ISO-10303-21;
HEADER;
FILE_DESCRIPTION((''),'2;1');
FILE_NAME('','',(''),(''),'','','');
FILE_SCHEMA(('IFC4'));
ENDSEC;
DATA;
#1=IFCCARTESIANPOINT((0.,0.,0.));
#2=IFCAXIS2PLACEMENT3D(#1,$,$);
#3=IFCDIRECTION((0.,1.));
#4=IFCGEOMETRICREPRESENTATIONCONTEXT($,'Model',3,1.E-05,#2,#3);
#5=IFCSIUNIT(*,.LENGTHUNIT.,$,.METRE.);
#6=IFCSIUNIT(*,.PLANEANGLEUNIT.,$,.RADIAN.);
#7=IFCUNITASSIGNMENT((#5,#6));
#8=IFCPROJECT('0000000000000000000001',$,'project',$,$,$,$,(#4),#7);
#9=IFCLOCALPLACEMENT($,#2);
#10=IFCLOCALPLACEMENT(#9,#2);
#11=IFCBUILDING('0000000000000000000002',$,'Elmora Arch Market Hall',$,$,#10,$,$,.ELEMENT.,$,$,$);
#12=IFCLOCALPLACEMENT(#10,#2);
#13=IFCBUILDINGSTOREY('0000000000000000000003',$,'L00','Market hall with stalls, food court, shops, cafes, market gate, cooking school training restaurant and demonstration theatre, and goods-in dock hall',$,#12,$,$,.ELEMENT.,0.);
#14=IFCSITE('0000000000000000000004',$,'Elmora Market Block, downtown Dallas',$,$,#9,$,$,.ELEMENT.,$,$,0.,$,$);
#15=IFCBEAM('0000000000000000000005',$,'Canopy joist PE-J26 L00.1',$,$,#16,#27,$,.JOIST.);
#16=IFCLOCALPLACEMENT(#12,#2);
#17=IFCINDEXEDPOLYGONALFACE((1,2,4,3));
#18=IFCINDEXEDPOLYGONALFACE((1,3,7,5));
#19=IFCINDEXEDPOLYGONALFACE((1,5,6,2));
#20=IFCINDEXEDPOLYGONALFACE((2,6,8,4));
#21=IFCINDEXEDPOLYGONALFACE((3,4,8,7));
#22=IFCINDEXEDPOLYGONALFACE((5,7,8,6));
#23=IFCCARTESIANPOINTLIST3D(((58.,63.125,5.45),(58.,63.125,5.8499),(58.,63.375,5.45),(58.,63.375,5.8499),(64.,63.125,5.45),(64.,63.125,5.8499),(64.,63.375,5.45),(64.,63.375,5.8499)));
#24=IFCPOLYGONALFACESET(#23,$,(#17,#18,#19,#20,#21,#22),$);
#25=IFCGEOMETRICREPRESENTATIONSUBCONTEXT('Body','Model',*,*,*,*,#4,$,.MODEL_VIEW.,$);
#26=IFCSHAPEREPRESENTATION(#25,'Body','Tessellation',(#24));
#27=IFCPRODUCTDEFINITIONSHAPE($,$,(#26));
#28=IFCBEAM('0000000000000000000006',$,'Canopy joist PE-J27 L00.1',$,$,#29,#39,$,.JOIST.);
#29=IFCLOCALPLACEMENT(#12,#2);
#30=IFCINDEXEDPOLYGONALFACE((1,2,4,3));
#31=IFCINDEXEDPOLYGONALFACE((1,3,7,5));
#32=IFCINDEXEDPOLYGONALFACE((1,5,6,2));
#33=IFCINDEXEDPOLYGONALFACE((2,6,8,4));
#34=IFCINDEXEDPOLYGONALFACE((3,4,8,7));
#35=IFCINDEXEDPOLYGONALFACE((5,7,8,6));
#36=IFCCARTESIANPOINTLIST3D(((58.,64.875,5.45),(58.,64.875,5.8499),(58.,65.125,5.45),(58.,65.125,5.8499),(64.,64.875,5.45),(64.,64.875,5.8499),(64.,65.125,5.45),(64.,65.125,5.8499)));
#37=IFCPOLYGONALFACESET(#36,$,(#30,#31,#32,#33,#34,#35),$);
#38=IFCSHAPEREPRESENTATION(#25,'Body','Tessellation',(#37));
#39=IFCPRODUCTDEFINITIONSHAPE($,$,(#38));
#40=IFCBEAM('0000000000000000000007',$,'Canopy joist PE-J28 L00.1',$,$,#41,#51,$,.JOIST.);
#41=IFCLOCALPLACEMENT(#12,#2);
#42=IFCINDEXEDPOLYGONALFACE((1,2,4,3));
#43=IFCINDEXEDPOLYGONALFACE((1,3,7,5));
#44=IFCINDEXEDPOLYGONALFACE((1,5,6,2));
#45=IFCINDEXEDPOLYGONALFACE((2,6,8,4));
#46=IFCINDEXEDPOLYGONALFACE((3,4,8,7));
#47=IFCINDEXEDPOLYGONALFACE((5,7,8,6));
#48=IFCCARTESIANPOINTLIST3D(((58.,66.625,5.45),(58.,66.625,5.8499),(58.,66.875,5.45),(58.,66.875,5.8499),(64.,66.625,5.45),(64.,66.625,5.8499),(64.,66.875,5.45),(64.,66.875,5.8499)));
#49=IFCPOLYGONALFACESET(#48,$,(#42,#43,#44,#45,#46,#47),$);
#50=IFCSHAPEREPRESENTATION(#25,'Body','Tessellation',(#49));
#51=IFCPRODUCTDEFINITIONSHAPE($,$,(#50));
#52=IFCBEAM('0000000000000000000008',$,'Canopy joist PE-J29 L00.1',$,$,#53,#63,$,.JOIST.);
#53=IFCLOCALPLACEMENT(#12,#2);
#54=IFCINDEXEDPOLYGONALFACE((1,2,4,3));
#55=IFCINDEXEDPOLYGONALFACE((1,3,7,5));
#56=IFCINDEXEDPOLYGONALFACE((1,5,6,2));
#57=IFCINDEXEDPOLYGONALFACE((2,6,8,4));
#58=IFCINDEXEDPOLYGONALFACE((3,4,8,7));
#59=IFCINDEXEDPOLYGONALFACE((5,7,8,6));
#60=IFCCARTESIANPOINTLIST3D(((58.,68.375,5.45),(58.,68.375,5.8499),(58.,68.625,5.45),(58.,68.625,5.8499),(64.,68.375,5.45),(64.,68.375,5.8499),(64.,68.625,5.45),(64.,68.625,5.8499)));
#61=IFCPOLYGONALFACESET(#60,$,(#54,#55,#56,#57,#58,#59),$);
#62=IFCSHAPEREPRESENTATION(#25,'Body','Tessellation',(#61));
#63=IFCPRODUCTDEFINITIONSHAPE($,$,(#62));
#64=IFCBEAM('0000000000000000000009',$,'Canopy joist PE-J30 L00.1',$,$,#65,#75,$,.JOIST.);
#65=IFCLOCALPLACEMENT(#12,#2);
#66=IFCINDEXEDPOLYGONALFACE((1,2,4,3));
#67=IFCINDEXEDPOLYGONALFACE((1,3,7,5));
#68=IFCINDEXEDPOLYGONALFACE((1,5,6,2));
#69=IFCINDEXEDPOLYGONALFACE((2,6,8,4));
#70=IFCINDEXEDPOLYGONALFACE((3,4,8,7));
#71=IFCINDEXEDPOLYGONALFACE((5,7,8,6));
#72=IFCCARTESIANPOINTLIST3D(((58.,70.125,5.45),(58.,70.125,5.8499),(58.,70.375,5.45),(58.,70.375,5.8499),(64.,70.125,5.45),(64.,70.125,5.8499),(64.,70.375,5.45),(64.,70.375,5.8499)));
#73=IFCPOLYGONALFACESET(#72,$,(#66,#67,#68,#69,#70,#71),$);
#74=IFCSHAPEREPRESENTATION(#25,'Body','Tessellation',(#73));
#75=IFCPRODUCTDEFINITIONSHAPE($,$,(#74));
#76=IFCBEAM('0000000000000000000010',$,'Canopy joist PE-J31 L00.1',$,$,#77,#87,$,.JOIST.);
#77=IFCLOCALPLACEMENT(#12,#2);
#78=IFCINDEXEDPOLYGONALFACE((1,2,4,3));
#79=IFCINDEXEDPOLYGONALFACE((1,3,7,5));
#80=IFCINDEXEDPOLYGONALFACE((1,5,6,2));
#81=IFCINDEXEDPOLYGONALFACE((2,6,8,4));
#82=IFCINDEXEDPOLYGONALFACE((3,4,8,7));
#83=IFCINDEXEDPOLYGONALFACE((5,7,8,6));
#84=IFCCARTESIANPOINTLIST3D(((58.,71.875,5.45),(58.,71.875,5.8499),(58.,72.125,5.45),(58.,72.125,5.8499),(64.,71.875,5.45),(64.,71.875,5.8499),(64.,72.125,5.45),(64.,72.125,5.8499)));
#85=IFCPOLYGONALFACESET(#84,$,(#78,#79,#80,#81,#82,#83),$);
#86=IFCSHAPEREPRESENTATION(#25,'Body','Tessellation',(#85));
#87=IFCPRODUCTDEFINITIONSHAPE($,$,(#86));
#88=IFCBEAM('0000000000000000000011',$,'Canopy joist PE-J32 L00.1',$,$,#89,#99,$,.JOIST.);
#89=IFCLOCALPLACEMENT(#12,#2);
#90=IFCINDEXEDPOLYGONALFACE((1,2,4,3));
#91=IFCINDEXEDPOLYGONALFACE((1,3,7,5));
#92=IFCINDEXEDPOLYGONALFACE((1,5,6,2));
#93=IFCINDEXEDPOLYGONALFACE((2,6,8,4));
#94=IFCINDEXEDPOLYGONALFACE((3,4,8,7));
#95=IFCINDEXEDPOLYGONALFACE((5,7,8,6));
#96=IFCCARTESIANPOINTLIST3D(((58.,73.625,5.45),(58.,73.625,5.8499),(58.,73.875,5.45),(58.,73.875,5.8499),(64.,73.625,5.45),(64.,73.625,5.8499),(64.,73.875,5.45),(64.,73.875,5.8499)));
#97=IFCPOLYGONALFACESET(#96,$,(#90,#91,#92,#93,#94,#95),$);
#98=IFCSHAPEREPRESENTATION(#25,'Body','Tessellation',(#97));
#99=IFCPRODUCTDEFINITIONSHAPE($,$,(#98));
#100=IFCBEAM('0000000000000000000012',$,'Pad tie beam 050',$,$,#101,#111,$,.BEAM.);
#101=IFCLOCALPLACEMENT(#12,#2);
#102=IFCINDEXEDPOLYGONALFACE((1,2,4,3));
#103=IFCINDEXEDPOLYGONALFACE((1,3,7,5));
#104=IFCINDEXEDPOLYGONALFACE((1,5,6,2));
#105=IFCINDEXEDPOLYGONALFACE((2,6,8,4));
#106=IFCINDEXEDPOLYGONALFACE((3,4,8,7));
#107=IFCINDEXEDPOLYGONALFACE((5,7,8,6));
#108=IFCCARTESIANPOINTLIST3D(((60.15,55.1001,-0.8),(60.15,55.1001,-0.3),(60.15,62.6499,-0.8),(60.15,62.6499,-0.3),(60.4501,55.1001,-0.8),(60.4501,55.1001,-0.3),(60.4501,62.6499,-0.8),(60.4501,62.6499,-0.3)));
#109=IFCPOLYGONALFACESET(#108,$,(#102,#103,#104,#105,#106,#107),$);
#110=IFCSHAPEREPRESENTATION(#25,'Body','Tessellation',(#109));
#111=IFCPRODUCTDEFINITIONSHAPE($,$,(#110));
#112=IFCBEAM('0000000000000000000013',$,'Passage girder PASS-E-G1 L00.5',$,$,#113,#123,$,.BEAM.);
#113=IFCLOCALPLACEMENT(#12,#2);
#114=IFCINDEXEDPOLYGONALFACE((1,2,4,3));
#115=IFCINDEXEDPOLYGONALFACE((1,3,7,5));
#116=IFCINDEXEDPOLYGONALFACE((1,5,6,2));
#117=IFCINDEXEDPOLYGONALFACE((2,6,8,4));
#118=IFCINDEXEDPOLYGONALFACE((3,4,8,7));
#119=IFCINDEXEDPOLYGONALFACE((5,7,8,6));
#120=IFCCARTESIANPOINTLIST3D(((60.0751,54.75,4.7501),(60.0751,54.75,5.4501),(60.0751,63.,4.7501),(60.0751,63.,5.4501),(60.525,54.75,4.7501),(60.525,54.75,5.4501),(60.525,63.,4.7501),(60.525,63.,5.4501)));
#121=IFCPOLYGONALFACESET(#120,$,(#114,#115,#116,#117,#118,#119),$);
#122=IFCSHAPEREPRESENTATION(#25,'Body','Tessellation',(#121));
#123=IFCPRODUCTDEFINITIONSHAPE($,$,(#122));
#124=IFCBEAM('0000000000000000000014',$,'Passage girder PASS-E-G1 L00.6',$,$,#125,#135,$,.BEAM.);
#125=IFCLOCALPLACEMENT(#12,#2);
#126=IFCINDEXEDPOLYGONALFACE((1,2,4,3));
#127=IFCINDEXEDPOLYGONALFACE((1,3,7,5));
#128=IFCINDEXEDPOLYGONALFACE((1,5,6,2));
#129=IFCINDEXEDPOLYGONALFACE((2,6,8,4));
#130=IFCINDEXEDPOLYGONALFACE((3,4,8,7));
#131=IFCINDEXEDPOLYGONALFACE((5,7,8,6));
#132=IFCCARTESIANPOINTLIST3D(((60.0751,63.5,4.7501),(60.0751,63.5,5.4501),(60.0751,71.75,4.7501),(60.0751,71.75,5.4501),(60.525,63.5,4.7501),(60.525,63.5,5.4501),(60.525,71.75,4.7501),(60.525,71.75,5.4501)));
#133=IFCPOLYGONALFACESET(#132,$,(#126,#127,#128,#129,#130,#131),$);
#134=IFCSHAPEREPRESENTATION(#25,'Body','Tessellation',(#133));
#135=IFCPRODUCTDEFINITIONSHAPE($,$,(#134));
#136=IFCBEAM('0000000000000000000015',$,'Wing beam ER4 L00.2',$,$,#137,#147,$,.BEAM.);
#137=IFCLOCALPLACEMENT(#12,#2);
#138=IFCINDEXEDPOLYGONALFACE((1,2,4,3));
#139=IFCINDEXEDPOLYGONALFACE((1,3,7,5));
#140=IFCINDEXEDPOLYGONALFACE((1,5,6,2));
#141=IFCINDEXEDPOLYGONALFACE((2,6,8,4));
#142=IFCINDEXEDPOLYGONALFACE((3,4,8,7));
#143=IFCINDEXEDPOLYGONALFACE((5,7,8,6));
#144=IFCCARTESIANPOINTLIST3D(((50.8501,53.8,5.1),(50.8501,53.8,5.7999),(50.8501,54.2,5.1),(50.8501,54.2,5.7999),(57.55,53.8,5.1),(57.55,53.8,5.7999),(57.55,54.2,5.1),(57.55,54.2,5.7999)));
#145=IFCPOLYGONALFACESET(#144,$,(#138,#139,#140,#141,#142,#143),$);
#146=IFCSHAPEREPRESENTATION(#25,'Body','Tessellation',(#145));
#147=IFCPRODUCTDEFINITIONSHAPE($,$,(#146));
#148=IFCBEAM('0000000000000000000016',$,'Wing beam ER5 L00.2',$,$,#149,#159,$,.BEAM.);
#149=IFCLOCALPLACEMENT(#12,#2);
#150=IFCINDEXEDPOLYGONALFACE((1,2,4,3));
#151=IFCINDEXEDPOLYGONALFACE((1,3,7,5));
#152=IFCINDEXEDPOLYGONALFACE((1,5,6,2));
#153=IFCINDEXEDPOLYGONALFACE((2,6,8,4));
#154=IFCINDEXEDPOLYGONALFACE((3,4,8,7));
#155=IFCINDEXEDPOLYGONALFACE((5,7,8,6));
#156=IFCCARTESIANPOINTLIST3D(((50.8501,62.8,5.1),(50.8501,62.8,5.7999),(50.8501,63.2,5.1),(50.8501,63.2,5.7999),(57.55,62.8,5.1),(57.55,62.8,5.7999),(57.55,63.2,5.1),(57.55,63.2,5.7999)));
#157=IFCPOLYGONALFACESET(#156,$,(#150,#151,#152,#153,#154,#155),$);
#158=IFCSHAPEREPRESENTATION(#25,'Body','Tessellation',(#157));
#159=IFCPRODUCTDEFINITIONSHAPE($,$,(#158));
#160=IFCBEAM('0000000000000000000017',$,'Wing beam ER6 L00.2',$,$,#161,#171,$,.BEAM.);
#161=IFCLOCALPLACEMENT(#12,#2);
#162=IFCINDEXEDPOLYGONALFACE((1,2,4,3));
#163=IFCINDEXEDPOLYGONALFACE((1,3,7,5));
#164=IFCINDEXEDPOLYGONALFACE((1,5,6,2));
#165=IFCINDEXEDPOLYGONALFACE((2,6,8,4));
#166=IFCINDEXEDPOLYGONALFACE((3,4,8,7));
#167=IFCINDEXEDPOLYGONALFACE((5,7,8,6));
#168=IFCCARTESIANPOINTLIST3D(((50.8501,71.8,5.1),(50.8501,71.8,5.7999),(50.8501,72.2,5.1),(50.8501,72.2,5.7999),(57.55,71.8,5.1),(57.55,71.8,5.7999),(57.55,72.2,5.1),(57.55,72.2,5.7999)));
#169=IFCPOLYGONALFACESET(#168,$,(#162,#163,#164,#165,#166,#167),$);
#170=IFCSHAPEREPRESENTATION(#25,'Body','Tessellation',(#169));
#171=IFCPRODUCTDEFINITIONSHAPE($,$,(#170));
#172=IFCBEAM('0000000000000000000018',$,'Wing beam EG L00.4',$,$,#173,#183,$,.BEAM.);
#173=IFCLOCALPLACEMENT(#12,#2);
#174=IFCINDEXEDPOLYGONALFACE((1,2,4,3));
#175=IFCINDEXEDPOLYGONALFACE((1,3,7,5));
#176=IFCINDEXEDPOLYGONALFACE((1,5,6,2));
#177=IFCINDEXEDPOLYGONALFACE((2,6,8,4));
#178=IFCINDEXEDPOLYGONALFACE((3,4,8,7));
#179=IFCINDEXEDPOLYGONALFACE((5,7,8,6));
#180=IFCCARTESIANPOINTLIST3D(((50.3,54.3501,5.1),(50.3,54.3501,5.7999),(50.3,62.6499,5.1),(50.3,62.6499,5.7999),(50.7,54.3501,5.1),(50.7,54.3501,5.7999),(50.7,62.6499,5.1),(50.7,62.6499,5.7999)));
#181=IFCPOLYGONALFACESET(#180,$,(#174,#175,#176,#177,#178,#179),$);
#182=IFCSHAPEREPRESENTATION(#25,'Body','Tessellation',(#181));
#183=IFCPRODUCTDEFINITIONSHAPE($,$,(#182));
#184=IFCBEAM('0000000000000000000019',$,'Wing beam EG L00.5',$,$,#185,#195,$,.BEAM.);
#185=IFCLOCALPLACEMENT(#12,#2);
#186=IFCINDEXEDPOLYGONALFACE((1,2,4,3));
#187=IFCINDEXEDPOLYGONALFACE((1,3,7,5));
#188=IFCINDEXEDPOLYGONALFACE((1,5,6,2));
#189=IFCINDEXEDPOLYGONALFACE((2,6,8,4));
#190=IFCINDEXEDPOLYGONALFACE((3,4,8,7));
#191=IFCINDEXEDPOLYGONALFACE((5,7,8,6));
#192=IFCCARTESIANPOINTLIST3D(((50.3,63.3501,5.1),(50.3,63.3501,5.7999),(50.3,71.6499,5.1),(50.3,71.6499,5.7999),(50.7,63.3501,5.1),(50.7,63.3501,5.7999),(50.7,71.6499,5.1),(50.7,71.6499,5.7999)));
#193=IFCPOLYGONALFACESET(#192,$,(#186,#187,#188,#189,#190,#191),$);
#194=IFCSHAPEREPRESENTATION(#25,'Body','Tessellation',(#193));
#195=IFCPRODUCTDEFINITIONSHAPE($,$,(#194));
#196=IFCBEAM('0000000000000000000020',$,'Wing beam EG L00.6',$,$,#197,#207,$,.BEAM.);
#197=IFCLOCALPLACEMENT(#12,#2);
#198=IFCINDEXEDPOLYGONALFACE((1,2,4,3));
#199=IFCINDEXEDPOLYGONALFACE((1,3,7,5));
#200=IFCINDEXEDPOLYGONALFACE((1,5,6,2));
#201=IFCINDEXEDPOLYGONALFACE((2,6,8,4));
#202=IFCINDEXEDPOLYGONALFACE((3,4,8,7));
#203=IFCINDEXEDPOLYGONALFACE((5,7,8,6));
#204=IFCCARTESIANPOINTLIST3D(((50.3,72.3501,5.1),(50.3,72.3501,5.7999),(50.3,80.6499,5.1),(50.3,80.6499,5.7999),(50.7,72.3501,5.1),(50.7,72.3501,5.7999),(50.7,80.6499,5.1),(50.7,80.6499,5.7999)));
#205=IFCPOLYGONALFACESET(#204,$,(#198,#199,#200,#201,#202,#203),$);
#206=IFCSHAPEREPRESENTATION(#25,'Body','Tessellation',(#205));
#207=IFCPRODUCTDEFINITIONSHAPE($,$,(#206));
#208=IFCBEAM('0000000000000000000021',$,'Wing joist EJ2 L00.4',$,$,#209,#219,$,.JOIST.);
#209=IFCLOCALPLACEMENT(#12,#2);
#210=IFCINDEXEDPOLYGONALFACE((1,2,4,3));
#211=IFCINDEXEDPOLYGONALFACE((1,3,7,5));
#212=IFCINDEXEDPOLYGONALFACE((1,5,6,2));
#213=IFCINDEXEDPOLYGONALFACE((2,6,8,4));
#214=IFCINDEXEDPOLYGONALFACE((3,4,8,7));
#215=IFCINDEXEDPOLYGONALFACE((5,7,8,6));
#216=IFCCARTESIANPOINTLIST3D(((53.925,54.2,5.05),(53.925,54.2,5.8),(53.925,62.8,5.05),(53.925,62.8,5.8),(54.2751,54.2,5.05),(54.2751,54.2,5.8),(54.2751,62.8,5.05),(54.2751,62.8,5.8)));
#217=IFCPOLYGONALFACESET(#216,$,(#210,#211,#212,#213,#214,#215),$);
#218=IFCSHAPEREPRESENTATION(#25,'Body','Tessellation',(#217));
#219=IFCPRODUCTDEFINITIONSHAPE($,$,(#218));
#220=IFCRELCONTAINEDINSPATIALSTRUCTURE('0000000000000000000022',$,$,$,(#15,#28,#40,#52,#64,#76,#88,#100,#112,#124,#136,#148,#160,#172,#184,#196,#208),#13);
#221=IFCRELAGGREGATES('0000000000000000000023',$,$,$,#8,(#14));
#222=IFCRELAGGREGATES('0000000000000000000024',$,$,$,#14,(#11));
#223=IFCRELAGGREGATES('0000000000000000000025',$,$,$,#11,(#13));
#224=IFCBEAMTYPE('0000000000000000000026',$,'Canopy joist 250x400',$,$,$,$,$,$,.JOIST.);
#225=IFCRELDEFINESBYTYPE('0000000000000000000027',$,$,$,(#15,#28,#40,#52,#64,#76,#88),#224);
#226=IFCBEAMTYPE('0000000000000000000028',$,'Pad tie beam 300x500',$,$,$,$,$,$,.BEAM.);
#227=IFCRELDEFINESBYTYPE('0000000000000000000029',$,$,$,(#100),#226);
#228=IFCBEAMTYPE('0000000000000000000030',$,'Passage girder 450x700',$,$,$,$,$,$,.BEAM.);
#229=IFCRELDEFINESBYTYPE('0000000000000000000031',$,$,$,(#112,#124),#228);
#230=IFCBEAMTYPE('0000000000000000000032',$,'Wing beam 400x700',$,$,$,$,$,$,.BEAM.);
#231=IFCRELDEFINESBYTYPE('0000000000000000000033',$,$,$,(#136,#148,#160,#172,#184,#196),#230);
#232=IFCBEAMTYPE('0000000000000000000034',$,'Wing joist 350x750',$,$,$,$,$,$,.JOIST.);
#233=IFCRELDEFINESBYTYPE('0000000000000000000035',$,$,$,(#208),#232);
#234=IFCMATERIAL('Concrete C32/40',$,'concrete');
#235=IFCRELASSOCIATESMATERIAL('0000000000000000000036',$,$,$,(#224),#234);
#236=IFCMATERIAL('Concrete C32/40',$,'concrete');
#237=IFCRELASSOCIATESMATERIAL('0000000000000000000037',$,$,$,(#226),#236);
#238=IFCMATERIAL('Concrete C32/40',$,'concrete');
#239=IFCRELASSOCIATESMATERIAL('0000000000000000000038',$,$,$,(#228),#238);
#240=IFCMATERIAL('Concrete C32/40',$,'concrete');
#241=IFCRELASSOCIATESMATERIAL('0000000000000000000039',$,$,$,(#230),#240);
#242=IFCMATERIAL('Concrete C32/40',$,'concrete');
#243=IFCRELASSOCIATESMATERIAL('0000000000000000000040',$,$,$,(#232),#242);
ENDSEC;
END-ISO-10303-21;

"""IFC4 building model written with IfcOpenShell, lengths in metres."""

from ifc_helpers import new_model, si_unit, direction, frame, origin, origin_2d, place, context, subcontext, project, spatial, rectangle, extrude, material, material_profile, profile_set, type_object, element, save


model = new_model("IFC4")

# Units and contexts
model_context = context("Model", 3, precision=1e-05, world=origin(), true_north=direction((0.0, 1.0)))
body_context = subcontext(model_context, "Body", "Model", "MODEL_VIEW")
ifc_project = project(units=[si_unit("LENGTHUNIT", "METRE"), si_unit("PLANEANGLEUNIT", "RADIAN")], contexts=[model_context])

# Site, building, storey
site_placement = place(None, origin())
site = spatial("IfcSite", under=ifc_project, at=site_placement, Name="Elmora Market Block, downtown Dallas", CompositionType="ELEMENT", RefElevation=0.0)
building_placement = place(site_placement, origin())
building = spatial("IfcBuilding", under=site, at=building_placement, Name="Elmora Arch Market Hall", CompositionType="ELEMENT")
storey_placement = place(building_placement, origin())
storey = spatial("IfcBuildingStorey", under=building, at=storey_placement, Name="L00", Description="Market hall with stalls, food court, shops, cafes, market gate, cooking school training restaurant and demonstration theatre, and goods-in dock hall", CompositionType="ELEMENT", Elevation=0.0)

# Beams
ifc_material_1 = material(Name="Concrete C32/40", Category="concrete")
ifc_material_profile_1 = material_profile(ifc_material_1, rectangle(XDim=0.25, YDim=0.3999, at=origin_2d()), Name="Canopy joist 250x400")
ifc_profile_set_1 = profile_set([ifc_material_profile_1], Name="Concrete C32/40")
beam_type_1 = type_object("IfcBeamType", Name="Canopy joist 250x400", PredefinedType="JOIST", material=ifc_profile_set_1)
for number, where, z_axis, x_axis, name in (
    (1, (58.0, 63.25, 5.6499), (1.0, 0.0, 0.0), (0.0, 1.0, 0.0), "Canopy joist PE-J26 L00.1"),
    (2, (58.0, 65.0, 5.6499), (1.0, 0.0, 0.0), (0.0, 1.0, 0.0), "Canopy joist PE-J27 L00.1"),
    (3, (58.0, 66.75, 5.6499), (1.0, 0.0, 0.0), (0.0, 1.0, 0.0), "Canopy joist PE-J28 L00.1"),
    (4, (58.0, 68.5, 5.6499), (1.0, 0.0, 0.0), (0.0, 1.0, 0.0), "Canopy joist PE-J29 L00.1"),
    (5, (58.0, 70.25, 5.6499), (1.0, 0.0, 0.0), (0.0, 1.0, 0.0), "Canopy joist PE-J30 L00.1"),
    (6, (58.0, 72.0, 5.6499), (1.0, 0.0, 0.0), (0.0, 1.0, 0.0), "Canopy joist PE-J31 L00.1"),
    (7, (58.0, 73.75, 5.6499), (1.0, 0.0, 0.0), (0.0, 1.0, 0.0), "Canopy joist PE-J32 L00.1"),
):
    element("IfcBeam", number, at=place(storey_placement, frame(where, z_axis=z_axis, x_axis=x_axis)), inside=storey, type_object=beam_type_1, Name=name, PredefinedType="JOIST", context=body_context, shape_type="SweptSolid", body=[
        extrude(rectangle(XDim=0.25, YDim=0.3999, at=origin_2d()), origin(), (0.0, 0.0, 1.0), 6.0),
    ])
ifc_material_2 = material(Name="Concrete C32/40", Category="concrete")
ifc_material_profile_2 = material_profile(ifc_material_2, rectangle(XDim=0.3, YDim=0.5, at=origin_2d()), Name="Pad tie beam 300x500")
ifc_profile_set_2 = profile_set([ifc_material_profile_2], Name="Concrete C32/40")
beam_type_2 = type_object("IfcBeamType", Name="Pad tie beam 300x500", PredefinedType="BEAM", material=ifc_profile_set_2)
beam_placement = place(storey_placement, frame((60.3, 55.1001, -0.55), z_axis=(0.0, 1.0, 0.0), x_axis=(-1.0, 0.0, 0.0)))
element("IfcBeam", 8, at=beam_placement, inside=storey, type_object=beam_type_2, Name="Pad tie beam 050", PredefinedType="BEAM", context=body_context, shape_type="SweptSolid", body=[
    extrude(rectangle(XDim=0.3, YDim=0.5, at=origin_2d()), origin(), (0.0, 0.0, 1.0), 7.5498),
])
ifc_material_3 = material(Name="Concrete C32/40", Category="concrete")
ifc_material_profile_3 = material_profile(ifc_material_3, rectangle(XDim=0.45, YDim=0.7, at=origin_2d()), Name="Passage girder 450x700")
ifc_profile_set_3 = profile_set([ifc_material_profile_3], Name="Concrete C32/40")
beam_type_3 = type_object("IfcBeamType", Name="Passage girder 450x700", PredefinedType="BEAM", material=ifc_profile_set_3)
for number, where, z_axis, x_axis, name in (
    (9, (60.3, 54.75, 5.1001), (0.0, 1.0, 0.0), (-1.0, 0.0, 0.0), "Passage girder PASS-E-G1 L00.5"),
    (10, (60.3, 63.5, 5.1001), (0.0, 1.0, 0.0), (-1.0, 0.0, 0.0), "Passage girder PASS-E-G1 L00.6"),
):
    element("IfcBeam", number, at=place(storey_placement, frame(where, z_axis=z_axis, x_axis=x_axis)), inside=storey, type_object=beam_type_3, Name=name, PredefinedType="BEAM", context=body_context, shape_type="SweptSolid", body=[
        extrude(rectangle(XDim=0.45, YDim=0.7, at=origin_2d()), origin(), (0.0, 0.0, 1.0), 8.25),
    ])
ifc_material_4 = material(Name="Concrete C32/40", Category="concrete")
ifc_material_profile_4 = material_profile(ifc_material_4, rectangle(XDim=0.3999, YDim=0.7, at=origin_2d()), Name="Wing beam 400x700")
ifc_profile_set_4 = profile_set([ifc_material_profile_4], Name="Concrete C32/40")
beam_type_4 = type_object("IfcBeamType", Name="Wing beam 400x700", PredefinedType="BEAM", material=ifc_profile_set_4)
for number, where, z_axis, x_axis, name in (
    (11, (50.8501, 54.0, 5.45), (1.0, 0.0, 0.0), (0.0, 1.0, 0.0), "Wing beam ER4 L00.2"),
    (12, (50.8501, 63.0, 5.45), (1.0, 0.0, 0.0), (0.0, 1.0, 0.0), "Wing beam ER5 L00.2"),
    (13, (50.8501, 72.0, 5.45), (1.0, 0.0, 0.0), (0.0, 1.0, 0.0), "Wing beam ER6 L00.2"),
):
    element("IfcBeam", number, at=place(storey_placement, frame(where, z_axis=z_axis, x_axis=x_axis)), inside=storey, type_object=beam_type_4, Name=name, PredefinedType="BEAM", context=body_context, shape_type="SweptSolid", body=[
        extrude(rectangle(XDim=0.3999, YDim=0.7, at=origin_2d()), origin(), (0.0, 0.0, 1.0), 6.7),
    ])
for number, where, z_axis, x_axis, name in (
    (14, (50.5, 54.3501, 5.45), (0.0, 1.0, 0.0), (-1.0, 0.0, 0.0), "Wing beam EG L00.4"),
    (15, (50.5, 63.3501, 5.45), (0.0, 1.0, 0.0), (-1.0, 0.0, 0.0), "Wing beam EG L00.5"),
    (16, (50.5, 72.3501, 5.45), (0.0, 1.0, 0.0), (-1.0, 0.0, 0.0), "Wing beam EG L00.6"),
):
    element("IfcBeam", number, at=place(storey_placement, frame(where, z_axis=z_axis, x_axis=x_axis)), inside=storey, type_object=beam_type_4, Name=name, PredefinedType="BEAM", context=body_context, shape_type="SweptSolid", body=[
        extrude(rectangle(XDim=0.3999, YDim=0.7, at=origin_2d()), origin(), (0.0, 0.0, 1.0), 8.2998),
    ])
ifc_material_5 = material(Name="Concrete C32/40", Category="concrete")
ifc_material_profile_5 = material_profile(ifc_material_5, rectangle(XDim=0.3501, YDim=0.75, at=origin_2d()), Name="Wing joist 350x750")
ifc_profile_set_5 = profile_set([ifc_material_profile_5], Name="Concrete C32/40")
beam_type_5 = type_object("IfcBeamType", Name="Wing joist 350x750", PredefinedType="JOIST", material=ifc_profile_set_5)
for number, where, z_axis, x_axis, name in (
    (17, (54.1001, 54.2, 5.425), (0.0, 1.0, 0.0), (-1.0, 0.0, 0.0), "Wing joist EJ2 L00.4"),
):
    element("IfcBeam", number, at=place(storey_placement, frame(where, z_axis=z_axis, x_axis=x_axis)), inside=storey, type_object=beam_type_5, Name=name, PredefinedType="JOIST", context=body_context, shape_type="SweptSolid", body=[
        extrude(rectangle(XDim=0.3501, YDim=0.75, at=origin_2d()), origin(), (0.0, 0.0, 1.0), 8.6001),
    ])

save(model, "model.ifc")
